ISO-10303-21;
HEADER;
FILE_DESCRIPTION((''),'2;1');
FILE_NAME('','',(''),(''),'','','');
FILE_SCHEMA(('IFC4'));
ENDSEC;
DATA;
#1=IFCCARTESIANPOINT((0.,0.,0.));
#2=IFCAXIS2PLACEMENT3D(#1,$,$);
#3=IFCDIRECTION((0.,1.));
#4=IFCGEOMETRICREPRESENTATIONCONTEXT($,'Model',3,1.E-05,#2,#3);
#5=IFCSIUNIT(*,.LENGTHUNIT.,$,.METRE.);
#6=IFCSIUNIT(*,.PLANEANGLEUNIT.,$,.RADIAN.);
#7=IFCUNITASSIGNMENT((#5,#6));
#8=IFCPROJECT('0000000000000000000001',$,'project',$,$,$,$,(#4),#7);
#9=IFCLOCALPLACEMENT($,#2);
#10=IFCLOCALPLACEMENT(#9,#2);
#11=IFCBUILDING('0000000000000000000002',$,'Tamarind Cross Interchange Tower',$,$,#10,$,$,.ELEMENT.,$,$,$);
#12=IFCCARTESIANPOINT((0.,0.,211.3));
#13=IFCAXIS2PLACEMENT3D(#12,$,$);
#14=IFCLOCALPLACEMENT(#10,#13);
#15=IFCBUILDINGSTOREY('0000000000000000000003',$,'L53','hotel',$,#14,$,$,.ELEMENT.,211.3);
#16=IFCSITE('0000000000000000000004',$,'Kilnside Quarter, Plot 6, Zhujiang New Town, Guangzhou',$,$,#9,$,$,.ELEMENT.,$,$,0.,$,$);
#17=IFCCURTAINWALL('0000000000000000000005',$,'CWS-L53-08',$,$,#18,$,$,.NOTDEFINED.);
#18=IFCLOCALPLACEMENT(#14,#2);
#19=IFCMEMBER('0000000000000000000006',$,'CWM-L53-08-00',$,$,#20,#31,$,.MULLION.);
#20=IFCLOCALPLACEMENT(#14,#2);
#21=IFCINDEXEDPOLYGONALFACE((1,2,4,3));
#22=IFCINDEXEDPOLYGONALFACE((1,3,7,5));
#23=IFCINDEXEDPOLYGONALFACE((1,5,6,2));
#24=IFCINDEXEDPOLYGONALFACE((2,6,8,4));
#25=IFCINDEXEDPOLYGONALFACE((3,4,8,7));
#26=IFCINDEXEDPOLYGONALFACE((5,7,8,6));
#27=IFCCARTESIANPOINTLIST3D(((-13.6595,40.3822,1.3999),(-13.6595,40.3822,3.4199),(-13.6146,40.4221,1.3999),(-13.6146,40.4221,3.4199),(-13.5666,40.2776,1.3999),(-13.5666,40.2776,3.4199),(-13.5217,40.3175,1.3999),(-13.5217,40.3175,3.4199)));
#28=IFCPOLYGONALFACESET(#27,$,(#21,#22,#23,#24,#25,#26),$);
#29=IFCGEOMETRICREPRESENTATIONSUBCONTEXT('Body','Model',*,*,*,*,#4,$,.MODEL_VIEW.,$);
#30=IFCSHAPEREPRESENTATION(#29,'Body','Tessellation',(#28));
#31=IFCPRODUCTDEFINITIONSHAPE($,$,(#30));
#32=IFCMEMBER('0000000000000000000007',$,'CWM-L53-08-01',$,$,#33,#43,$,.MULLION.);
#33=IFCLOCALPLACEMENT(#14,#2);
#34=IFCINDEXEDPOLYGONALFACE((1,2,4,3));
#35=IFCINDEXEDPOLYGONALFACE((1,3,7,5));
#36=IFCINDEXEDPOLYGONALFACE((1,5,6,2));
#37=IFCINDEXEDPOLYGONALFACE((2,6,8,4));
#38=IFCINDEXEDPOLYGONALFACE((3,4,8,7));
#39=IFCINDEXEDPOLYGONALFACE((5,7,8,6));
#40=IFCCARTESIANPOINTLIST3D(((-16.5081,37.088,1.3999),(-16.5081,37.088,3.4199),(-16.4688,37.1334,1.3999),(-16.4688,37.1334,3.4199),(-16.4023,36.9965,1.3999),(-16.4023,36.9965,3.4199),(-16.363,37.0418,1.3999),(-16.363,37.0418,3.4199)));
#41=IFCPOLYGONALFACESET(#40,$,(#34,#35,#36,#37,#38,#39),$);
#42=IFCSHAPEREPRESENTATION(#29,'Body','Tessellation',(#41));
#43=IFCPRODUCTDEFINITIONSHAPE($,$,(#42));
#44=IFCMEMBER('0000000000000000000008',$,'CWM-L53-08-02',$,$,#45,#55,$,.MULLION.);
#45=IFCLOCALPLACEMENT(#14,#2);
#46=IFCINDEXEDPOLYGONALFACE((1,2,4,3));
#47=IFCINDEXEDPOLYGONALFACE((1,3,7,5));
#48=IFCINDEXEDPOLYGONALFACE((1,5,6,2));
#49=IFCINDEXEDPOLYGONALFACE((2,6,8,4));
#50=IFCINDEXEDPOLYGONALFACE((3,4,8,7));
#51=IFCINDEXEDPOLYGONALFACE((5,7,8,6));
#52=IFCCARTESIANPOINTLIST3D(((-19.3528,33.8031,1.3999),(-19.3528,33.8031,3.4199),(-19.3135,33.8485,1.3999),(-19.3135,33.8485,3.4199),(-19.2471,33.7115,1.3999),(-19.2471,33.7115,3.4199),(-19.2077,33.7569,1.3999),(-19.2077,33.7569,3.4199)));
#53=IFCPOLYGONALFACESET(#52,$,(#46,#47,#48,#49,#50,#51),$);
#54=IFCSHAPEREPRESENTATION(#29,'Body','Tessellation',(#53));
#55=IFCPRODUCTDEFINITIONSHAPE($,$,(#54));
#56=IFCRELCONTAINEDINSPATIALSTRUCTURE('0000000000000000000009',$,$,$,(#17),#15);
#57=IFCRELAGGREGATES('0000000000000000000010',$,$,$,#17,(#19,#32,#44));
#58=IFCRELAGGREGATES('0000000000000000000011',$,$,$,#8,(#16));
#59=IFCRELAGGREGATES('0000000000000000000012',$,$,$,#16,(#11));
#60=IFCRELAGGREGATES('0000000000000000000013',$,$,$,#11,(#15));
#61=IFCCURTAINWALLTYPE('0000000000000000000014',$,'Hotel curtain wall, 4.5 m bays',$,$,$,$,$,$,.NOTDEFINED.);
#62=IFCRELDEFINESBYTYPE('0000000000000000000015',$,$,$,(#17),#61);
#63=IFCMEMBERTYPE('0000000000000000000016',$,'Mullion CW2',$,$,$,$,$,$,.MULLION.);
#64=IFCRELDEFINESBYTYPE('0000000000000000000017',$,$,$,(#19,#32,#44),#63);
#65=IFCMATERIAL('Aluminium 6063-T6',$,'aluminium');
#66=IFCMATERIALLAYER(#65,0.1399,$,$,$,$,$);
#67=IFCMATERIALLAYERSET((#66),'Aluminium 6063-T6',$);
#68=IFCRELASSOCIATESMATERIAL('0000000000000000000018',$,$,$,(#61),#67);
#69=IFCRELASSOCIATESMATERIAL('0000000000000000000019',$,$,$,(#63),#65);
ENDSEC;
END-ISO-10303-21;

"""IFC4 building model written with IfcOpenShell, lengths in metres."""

from ifc_helpers import new_model, si_unit, direction, frame, origin, origin_2d, place, context, subcontext, project, spatial, rectangle, extrude, material, layer, layer_set, material_profile, profile_set, type_object, element, aggregate, save


model = new_model("IFC4")

# Units and contexts
model_context = context("Model", 3, precision=1e-05, world=origin(), true_north=direction((0.0, 1.0)))
body_context = subcontext(model_context, "Body", "Model", "MODEL_VIEW")
ifc_project = project(units=[si_unit("LENGTHUNIT", "METRE"), si_unit("PLANEANGLEUNIT", "RADIAN")], contexts=[model_context])

# Site, building, storey
site_placement = place(None, origin())
site = spatial("IfcSite", under=ifc_project, at=site_placement, Name="Kilnside Quarter, Plot 6, Zhujiang New Town, Guangzhou", CompositionType="ELEMENT", RefElevation=0.0)
building_placement = place(site_placement, origin())
building = spatial("IfcBuilding", under=site, at=building_placement, Name="Tamarind Cross Interchange Tower", CompositionType="ELEMENT")
storey_placement = place(building_placement, frame((0.0, 0.0, 211.3)))
storey = spatial("IfcBuildingStorey", under=building, at=storey_placement, Name="L53", Description="hotel", CompositionType="ELEMENT", Elevation=211.3)

# Shared definitions
ifc_material_1 = material(Name="Aluminium 6063-T6", Category="aluminium")
ifc_layer = layer(ifc_material_1, 0.1399)
ifc_layer_set = layer_set([ifc_layer], Name="Aluminium 6063-T6")
curtain_wall_type = type_object("IfcCurtainWallType", Name="Hotel curtain wall, 4.5 m bays", PredefinedType="NOTDEFINED", material=ifc_layer_set)
ifc_material_profile_1 = material_profile(ifc_material_1, rectangle(XDim=0.0601, YDim=0.1399, at=origin_2d()), Name="Mullion CW2")
ifc_profile_set_1 = profile_set([ifc_material_profile_1], Name="Aluminium 6063-T6")
member_type = type_object("IfcMemberType", Name="Mullion CW2", PredefinedType="MULLION", material=ifc_profile_set_1)

# Curtain wall, members
curtain_wall_1_placement = place(storey_placement, origin())
curtain_wall_1 = element("IfcCurtainWall", 1, at=curtain_wall_1_placement, inside=storey, type_object=curtain_wall_type, Name="CWS-L53-08", PredefinedType="NOTDEFINED")
member_1_placement = place(storey_placement, frame((-13.5906, 40.3499, 1.3999), z_axis=(0.0, 0.0, 1.0), x_axis=(-0.747733, -0.663999, 0.0)))
member_1 = element("IfcMember", 2, at=member_1_placement, type_object=member_type, Name="CWM-L53-08-00", PredefinedType="MULLION", context=body_context, shape_type="SweptSolid", body=[
    extrude(rectangle(XDim=0.0601, YDim=0.1399, at=origin_2d()), origin(), (0.0, 0.0, 1.0), 2.02),
])
member_2_placement = place(storey_placement, frame((-16.4355, 37.0649, 1.3999), z_axis=(0.0, 0.0, 1.0), x_axis=(-0.654667, -0.755917, 0.0)))
member_2 = element("IfcMember", 3, at=member_2_placement, type_object=member_type, Name="CWM-L53-08-01", PredefinedType="MULLION", context=body_context, shape_type="SweptSolid", body=[
    extrude(rectangle(XDim=0.0601, YDim=0.1399, at=origin_2d()), origin(), (0.0, 0.0, 1.0), 2.02),
])
member_3_placement = place(storey_placement, frame((-19.2803, 33.78, 1.3999), z_axis=(0.0, 0.0, 1.0), x_axis=(-0.654667, -0.755917, 0.0)))
member_3 = element("IfcMember", 4, at=member_3_placement, type_object=member_type, Name="CWM-L53-08-02", PredefinedType="MULLION", context=body_context, shape_type="SweptSolid", body=[
    extrude(rectangle(XDim=0.0601, YDim=0.1399, at=origin_2d()), origin(), (0.0, 0.0, 1.0), 2.02),
])
aggregate(curtain_wall_1, [member_1, member_2, member_3])

save(model, "model.ifc")
